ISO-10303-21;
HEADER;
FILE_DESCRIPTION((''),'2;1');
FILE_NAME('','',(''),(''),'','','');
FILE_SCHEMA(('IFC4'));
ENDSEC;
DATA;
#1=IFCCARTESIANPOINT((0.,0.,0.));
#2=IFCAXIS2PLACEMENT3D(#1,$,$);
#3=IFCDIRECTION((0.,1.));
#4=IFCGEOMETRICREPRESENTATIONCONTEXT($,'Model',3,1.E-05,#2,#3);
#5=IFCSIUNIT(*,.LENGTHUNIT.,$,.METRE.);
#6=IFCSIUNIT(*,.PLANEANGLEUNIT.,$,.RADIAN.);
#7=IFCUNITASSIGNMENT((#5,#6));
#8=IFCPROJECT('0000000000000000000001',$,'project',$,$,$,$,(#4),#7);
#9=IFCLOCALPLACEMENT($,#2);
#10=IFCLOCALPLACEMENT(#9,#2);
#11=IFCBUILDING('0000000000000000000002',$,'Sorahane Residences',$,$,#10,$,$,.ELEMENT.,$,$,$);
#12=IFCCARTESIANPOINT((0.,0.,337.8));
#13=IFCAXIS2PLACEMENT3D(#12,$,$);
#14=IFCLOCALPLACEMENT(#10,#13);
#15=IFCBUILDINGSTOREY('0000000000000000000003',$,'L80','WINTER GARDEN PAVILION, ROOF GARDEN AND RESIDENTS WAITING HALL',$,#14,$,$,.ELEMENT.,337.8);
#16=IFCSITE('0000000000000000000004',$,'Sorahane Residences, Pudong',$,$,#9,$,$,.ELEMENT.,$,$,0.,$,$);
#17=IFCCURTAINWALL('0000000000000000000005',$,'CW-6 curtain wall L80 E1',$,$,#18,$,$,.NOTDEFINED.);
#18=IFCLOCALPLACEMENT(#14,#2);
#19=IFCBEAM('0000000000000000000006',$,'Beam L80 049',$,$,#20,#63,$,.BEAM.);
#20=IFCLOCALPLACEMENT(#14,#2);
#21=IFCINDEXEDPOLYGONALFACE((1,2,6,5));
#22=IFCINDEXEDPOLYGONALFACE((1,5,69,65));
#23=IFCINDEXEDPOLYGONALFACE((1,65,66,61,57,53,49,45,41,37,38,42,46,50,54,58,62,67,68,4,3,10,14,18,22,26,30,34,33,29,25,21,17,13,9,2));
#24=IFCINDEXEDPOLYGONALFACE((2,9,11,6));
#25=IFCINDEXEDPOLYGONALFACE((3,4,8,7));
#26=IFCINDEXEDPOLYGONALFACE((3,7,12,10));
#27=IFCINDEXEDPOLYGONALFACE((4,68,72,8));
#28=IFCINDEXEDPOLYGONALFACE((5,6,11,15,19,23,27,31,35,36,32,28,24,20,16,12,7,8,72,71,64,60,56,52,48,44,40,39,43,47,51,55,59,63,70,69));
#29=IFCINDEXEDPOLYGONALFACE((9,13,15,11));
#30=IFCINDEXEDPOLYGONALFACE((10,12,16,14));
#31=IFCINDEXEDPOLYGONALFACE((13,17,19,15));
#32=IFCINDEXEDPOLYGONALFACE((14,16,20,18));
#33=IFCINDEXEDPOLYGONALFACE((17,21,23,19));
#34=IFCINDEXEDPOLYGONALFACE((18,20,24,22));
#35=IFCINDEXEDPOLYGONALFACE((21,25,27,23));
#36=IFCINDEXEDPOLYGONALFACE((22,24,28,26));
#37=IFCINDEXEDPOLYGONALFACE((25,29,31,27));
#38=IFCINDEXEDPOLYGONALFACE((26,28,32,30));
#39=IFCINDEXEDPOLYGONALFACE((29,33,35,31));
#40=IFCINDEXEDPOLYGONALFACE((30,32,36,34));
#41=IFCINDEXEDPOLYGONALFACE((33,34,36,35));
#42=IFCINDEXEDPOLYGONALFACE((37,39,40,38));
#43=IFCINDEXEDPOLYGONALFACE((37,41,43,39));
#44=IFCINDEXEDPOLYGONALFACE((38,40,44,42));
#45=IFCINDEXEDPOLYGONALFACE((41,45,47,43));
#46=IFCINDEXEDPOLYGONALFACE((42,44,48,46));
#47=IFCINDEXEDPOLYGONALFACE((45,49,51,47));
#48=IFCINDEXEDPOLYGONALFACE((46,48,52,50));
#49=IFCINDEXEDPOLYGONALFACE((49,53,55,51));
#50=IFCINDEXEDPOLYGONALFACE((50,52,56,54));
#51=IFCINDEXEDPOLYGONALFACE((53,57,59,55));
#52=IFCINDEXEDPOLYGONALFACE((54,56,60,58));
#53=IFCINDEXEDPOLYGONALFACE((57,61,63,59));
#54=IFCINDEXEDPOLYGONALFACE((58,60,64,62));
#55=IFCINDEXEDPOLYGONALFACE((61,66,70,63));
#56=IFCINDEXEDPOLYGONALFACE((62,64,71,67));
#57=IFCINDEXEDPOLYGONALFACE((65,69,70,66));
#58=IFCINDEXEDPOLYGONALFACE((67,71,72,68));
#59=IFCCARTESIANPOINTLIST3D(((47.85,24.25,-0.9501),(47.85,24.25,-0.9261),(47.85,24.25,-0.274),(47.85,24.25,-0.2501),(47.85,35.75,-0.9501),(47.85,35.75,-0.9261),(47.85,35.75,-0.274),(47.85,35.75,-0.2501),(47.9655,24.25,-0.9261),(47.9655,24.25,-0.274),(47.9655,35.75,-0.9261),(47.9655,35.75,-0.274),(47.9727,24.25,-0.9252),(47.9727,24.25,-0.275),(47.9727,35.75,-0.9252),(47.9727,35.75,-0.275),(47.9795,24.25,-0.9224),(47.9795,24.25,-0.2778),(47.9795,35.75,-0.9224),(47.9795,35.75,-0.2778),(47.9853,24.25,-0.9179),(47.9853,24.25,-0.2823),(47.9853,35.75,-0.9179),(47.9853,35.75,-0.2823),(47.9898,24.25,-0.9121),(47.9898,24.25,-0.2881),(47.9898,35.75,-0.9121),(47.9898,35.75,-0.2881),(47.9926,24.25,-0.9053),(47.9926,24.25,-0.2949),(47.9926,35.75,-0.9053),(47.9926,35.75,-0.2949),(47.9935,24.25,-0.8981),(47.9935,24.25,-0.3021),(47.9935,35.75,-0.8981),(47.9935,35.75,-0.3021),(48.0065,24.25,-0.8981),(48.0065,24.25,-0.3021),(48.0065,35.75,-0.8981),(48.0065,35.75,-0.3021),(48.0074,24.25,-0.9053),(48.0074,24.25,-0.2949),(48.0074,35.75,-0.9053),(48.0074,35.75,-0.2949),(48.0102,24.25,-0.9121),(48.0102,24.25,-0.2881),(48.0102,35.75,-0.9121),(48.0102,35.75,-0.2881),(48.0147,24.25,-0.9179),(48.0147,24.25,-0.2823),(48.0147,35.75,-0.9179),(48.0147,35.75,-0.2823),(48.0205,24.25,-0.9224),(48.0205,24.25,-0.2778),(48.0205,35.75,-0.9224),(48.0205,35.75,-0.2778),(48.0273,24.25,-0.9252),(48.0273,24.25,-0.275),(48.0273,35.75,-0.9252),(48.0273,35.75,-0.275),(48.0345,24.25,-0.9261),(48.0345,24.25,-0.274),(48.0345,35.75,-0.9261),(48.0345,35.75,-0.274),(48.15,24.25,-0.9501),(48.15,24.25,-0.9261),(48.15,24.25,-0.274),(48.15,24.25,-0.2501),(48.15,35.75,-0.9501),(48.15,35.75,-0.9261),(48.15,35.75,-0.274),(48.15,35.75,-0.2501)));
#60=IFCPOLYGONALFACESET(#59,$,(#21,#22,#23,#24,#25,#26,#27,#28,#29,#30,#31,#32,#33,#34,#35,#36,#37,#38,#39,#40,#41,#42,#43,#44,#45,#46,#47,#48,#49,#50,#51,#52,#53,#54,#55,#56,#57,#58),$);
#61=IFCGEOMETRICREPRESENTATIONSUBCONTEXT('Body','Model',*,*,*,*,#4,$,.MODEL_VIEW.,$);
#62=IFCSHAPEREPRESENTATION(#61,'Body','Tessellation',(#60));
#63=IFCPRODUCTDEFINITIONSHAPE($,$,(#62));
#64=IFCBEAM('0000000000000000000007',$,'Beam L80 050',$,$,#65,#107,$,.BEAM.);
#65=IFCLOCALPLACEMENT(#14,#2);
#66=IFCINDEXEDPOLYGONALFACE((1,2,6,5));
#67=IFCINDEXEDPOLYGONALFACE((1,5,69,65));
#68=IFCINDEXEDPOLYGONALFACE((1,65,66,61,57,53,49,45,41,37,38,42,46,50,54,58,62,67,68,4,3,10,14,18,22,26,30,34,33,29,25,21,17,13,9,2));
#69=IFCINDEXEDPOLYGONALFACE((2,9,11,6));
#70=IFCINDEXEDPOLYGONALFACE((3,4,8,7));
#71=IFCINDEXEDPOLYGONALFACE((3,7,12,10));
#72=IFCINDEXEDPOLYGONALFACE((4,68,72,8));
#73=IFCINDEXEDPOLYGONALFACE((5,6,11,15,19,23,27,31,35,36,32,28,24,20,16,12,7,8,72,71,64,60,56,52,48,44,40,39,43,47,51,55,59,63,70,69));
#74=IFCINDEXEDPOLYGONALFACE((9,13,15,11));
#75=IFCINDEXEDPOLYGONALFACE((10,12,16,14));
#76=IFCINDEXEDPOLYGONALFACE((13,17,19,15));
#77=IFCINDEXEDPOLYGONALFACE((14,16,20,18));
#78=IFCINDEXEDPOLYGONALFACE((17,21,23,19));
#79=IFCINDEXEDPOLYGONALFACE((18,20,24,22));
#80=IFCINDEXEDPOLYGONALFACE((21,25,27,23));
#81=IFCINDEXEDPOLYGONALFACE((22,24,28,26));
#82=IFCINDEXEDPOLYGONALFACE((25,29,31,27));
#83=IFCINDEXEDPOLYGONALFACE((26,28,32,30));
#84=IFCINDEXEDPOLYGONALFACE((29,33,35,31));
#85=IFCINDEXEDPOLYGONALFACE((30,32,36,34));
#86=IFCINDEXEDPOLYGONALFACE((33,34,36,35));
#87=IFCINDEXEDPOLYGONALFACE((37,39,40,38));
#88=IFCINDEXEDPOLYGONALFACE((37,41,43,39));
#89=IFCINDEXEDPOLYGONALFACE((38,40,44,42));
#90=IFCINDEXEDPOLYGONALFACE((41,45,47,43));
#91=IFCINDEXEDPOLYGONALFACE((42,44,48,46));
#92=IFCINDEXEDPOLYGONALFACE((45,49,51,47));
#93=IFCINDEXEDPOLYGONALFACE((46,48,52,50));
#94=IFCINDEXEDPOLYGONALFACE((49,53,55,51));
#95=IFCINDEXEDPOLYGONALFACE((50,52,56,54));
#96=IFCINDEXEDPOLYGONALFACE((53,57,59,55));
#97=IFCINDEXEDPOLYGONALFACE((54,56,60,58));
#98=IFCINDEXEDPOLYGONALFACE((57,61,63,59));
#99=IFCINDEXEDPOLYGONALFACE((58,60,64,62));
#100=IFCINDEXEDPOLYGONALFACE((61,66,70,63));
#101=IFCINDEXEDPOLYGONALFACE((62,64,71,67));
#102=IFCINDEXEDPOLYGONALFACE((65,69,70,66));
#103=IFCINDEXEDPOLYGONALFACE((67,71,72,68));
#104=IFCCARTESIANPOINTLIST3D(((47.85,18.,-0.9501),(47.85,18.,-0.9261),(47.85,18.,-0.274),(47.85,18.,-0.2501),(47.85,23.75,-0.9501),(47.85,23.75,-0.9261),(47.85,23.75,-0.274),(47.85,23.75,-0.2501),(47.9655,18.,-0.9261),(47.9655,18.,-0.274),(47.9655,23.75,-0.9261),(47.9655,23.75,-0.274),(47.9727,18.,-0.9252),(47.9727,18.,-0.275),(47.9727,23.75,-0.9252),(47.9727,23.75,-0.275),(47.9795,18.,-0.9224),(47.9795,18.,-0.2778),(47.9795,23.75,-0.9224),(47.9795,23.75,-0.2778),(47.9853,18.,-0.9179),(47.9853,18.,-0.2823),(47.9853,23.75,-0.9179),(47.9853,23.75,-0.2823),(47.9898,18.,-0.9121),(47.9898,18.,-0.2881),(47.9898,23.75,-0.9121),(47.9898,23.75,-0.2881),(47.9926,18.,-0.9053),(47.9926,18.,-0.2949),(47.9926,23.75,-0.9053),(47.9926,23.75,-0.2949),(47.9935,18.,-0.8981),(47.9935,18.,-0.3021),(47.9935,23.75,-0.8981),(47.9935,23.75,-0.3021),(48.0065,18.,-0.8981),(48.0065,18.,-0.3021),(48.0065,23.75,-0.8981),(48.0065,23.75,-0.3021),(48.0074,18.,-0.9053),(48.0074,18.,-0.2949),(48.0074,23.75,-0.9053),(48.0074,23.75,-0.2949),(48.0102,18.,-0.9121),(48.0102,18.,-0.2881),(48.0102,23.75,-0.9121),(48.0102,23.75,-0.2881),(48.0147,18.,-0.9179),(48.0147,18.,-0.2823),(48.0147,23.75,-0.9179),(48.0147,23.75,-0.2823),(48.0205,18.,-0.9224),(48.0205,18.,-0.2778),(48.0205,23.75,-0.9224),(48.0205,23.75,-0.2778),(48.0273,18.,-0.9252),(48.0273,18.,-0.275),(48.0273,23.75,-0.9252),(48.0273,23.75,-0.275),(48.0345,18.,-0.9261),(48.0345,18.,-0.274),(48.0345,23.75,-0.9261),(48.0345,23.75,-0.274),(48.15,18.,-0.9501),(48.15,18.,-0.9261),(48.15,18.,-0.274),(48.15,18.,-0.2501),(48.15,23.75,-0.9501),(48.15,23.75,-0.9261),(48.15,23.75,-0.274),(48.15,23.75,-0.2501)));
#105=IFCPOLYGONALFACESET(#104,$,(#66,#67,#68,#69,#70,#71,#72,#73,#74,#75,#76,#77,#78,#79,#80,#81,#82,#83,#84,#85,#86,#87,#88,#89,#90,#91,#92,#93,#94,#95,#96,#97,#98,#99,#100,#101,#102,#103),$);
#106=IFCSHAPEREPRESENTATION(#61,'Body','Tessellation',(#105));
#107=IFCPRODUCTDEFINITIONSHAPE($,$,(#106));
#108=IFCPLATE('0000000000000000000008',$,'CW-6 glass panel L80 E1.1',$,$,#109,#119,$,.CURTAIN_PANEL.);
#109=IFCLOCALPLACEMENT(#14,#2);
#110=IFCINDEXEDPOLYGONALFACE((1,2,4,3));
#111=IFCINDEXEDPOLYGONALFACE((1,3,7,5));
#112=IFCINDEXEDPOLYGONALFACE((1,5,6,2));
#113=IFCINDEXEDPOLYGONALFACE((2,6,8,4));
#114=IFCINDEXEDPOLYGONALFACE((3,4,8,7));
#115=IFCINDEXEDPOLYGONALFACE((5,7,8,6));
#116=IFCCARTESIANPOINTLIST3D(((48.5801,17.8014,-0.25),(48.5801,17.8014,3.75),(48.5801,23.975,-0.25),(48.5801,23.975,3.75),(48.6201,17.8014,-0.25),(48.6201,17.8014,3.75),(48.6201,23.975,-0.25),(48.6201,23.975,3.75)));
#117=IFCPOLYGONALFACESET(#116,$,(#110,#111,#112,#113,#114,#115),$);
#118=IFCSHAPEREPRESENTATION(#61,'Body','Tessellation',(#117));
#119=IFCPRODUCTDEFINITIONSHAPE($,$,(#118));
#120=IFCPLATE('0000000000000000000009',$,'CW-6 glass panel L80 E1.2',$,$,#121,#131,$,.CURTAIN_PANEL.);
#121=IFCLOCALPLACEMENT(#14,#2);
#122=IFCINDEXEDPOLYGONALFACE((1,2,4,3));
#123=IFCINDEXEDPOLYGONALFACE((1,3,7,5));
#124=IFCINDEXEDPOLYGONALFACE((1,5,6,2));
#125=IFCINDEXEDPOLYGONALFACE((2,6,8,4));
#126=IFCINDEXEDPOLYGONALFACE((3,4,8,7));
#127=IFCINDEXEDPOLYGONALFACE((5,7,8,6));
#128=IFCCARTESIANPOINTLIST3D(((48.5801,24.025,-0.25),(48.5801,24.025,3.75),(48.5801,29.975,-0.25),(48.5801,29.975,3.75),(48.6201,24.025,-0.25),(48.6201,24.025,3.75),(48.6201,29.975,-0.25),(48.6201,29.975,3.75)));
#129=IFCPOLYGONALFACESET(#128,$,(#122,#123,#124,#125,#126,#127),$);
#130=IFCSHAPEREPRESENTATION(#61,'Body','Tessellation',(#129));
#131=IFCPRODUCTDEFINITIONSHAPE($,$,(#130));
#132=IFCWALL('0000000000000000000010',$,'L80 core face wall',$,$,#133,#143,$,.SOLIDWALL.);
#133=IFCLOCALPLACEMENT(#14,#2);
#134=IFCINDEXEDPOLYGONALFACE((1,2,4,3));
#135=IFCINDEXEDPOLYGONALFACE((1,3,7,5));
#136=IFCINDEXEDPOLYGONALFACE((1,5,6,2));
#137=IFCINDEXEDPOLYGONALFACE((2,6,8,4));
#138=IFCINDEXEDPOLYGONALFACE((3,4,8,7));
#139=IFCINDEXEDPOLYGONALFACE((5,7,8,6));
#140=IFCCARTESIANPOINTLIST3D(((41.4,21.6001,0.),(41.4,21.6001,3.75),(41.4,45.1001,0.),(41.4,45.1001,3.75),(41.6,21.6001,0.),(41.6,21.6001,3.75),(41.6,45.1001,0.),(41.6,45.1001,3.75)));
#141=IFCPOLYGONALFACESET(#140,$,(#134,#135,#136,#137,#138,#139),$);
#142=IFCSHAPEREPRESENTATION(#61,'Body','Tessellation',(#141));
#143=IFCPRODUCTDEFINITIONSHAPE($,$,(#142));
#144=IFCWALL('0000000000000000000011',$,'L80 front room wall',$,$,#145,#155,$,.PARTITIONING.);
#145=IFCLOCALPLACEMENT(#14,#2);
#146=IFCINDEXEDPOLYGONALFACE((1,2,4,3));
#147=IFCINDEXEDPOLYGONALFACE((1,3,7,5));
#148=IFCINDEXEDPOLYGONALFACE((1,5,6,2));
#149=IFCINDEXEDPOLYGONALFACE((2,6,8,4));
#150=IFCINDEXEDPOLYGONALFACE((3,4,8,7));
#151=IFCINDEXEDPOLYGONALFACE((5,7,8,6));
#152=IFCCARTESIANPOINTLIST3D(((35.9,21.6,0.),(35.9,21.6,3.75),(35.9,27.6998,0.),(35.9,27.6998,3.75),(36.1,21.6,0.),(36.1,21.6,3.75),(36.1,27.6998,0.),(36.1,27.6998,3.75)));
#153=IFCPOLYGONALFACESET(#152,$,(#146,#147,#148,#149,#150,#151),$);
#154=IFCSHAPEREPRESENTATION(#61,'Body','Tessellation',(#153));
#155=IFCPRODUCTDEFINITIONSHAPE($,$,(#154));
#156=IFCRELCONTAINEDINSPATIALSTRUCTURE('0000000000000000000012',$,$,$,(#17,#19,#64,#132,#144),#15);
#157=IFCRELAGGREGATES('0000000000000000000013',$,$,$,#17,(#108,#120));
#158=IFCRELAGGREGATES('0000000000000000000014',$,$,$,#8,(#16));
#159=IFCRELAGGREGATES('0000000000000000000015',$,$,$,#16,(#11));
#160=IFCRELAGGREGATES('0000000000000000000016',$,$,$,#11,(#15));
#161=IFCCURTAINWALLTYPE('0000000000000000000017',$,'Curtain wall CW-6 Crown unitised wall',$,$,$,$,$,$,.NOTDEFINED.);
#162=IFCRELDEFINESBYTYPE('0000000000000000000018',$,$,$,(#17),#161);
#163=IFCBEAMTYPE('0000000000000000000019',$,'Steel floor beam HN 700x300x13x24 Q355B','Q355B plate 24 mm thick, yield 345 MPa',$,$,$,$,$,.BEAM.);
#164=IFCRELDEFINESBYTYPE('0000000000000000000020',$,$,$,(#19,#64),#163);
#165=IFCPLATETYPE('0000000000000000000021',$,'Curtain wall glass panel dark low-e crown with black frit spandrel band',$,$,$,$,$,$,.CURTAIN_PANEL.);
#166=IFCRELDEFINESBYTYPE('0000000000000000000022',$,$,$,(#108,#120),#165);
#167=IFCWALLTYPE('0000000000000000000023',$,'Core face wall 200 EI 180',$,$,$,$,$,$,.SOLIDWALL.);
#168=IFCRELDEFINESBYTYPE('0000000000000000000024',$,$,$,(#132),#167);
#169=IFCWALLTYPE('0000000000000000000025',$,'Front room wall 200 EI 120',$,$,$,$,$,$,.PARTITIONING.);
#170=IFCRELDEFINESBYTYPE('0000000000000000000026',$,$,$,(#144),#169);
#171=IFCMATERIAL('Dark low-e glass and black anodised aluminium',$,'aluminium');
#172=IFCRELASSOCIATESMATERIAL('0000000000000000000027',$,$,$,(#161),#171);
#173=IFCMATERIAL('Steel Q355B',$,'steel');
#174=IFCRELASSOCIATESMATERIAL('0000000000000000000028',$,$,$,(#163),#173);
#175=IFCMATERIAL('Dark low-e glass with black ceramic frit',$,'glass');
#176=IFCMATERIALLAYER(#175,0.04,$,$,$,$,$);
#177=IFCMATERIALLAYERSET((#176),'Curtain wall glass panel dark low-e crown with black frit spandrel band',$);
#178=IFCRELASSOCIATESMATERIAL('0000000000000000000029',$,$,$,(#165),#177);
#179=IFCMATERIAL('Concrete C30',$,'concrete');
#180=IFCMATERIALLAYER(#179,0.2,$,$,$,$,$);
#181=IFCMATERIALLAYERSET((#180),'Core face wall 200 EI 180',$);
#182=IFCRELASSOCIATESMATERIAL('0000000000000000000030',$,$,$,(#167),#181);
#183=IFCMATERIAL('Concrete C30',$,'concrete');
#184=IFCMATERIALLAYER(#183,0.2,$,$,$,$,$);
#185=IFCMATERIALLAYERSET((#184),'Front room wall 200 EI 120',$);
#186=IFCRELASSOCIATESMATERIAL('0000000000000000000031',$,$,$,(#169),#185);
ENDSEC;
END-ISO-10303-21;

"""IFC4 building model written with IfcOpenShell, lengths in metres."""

from ifc_helpers import new_model, si_unit, direction, frame, frame_2d, origin, origin_2d, place, context, subcontext, project, spatial, rectangle, i_section, extrude, material, layer, layer_set, material_profile, profile_set, type_object, element, aggregate, save


model = new_model("IFC4")

# Units and contexts
model_context = context("Model", 3, precision=1e-05, world=origin(), true_north=direction((0.0, 1.0)))
body_context = subcontext(model_context, "Body", "Model", "MODEL_VIEW")
ifc_project = project(units=[si_unit("LENGTHUNIT", "METRE"), si_unit("PLANEANGLEUNIT", "RADIAN")], contexts=[model_context])

# Site, building, storey
site_placement = place(None, origin())
site = spatial("IfcSite", under=ifc_project, at=site_placement, Name="Sorahane Residences, Pudong", CompositionType="ELEMENT", RefElevation=0.0)
building_placement = place(site_placement, origin())
building = spatial("IfcBuilding", under=site, at=building_placement, Name="Sorahane Residences", CompositionType="ELEMENT")
storey_placement = place(building_placement, frame((0.0, 0.0, 337.8)))
storey = spatial("IfcBuildingStorey", under=building, at=storey_placement, Name="L80", Description="WINTER GARDEN PAVILION, ROOF GARDEN AND RESIDENTS WAITING HALL", CompositionType="ELEMENT", Elevation=337.8)

# Curtain wall
ifc_material_1 = material(Name="Dark low-e glass and black anodised aluminium", Category="aluminium")
curtain_wall_type = type_object("IfcCurtainWallType", Name="Curtain wall CW-6 Crown unitised wall", PredefinedType="NOTDEFINED", material=ifc_material_1)
curtain_wall_placement = place(storey_placement, origin())
curtain_wall = element("IfcCurtainWall", 1, at=curtain_wall_placement, inside=storey, type_object=curtain_wall_type, Name="CW-6 curtain wall L80 E1", PredefinedType="NOTDEFINED")

# Beams
ifc_material_2 = material(Name="Steel Q355B", Category="steel")
ifc_material_profile_1 = material_profile(ifc_material_2, i_section(OverallWidth=0.3, OverallDepth=0.7, WebThickness=0.0129, FlangeThickness=0.0239, FilletRadius=0.0281, at=origin_2d()), Name="HN 700x300x13x24")
ifc_profile_set_1 = profile_set([ifc_material_profile_1], Name="Steel Q355B")
beam_type_1 = type_object("IfcBeamType", Name="Steel floor beam HN 700x300x13x24 Q355B", Description="Q355B plate 24 mm thick, yield 345 MPa", PredefinedType="BEAM", material=ifc_profile_set_1)
beam_1_placement = place(storey_placement, frame((48.0, 24.25, -0.6001), z_axis=(0.0, 1.0, 0.0), x_axis=(-1.0, 0.0, 0.0)))
element("IfcBeam", 2, at=beam_1_placement, inside=storey, type_object=beam_type_1, Name="Beam L80 049", PredefinedType="BEAM", context=body_context, shape_type="SweptSolid", body=[
    extrude(i_section(OverallWidth=0.3, OverallDepth=0.7, WebThickness=0.0129, FlangeThickness=0.0239, FilletRadius=0.0281, at=origin_2d()), origin(), (0.0, 0.0, 1.0), 11.5),
])
beam_2_placement = place(storey_placement, frame((48.0, 18.0, -0.6001), z_axis=(0.0, 1.0, 0.0), x_axis=(-1.0, 0.0, 0.0)))
element("IfcBeam", 3, at=beam_2_placement, inside=storey, type_object=beam_type_1, Name="Beam L80 050", PredefinedType="BEAM", context=body_context, shape_type="SweptSolid", body=[
    extrude(i_section(OverallWidth=0.3, OverallDepth=0.7, WebThickness=0.0129, FlangeThickness=0.0239, FilletRadius=0.0281, at=origin_2d()), origin(), (0.0, 0.0, 1.0), 5.75),
])

# Plates
ifc_material_3 = material(Name="Dark low-e glass with black ceramic frit", Category="glass")
ifc_layer_1 = layer(ifc_material_3, 0.04)
ifc_layer_set_1 = layer_set([ifc_layer_1], Name="Curtain wall glass panel dark low-e crown with black frit spandrel band")
plate_type = type_object("IfcPlateType", Name="Curtain wall glass panel dark low-e crown with black frit spandrel band", PredefinedType="CURTAIN_PANEL", material=ifc_layer_set_1)
plate_1_placement = place(storey_placement, frame((48.6001, 20.8882, -0.25), z_axis=(0.0, 0.0, 1.0), x_axis=(0.0, 1.0, 0.0)))
plate_1 = element("IfcPlate", 4, at=plate_1_placement, type_object=plate_type, Name="CW-6 glass panel L80 E1.1", PredefinedType="CURTAIN_PANEL", context=body_context, shape_type="SweptSolid", body=[
    extrude(rectangle(XDim=6.1736, YDim=0.04, at=origin_2d()), origin(), (0.0, 0.0, 1.0), 4.0),
])
plate_2_placement = place(storey_placement, frame((48.6001, 27.0, -0.25), z_axis=(0.0, 0.0, 1.0), x_axis=(0.0, 1.0, 0.0)))
plate_2 = element("IfcPlate", 5, at=plate_2_placement, type_object=plate_type, Name="CW-6 glass panel L80 E1.2", PredefinedType="CURTAIN_PANEL", context=body_context, shape_type="SweptSolid", body=[
    extrude(rectangle(XDim=5.95, YDim=0.04, at=origin_2d()), origin(), (0.0, 0.0, 1.0), 4.0),
])
aggregate(curtain_wall, [plate_1, plate_2])

# Walls
ifc_material_4 = material(Name="Concrete C30", Category="concrete")
ifc_layer_2 = layer(ifc_material_4, 0.2)
ifc_layer_set_2 = layer_set([ifc_layer_2], Name="Core face wall 200 EI 180")
wall_type_1 = type_object("IfcWallType", Name="Core face wall 200 EI 180", PredefinedType="SOLIDWALL", material=ifc_layer_set_2)
wall_1_placement = place(storey_placement, frame((41.5, 21.6001, 0.0), z_axis=(0.0, 0.0, 1.0), x_axis=(0.0, 1.0, 0.0)))
element("IfcWall", 6, at=wall_1_placement, inside=storey, type_object=wall_type_1, Name="L80 core face wall", PredefinedType="SOLIDWALL", context=body_context, shape_type="SweptSolid", body=[
    extrude(rectangle(XDim=23.5, YDim=0.2, at=frame_2d((11.75, 0.0))), origin(), (0.0, 0.0, 1.0), 3.75),
])
ifc_material_5 = material(Name="Concrete C30", Category="concrete")
ifc_layer_3 = layer(ifc_material_5, 0.2)
ifc_layer_set_3 = layer_set([ifc_layer_3], Name="Front room wall 200 EI 120")
wall_type_2 = type_object("IfcWallType", Name="Front room wall 200 EI 120", PredefinedType="PARTITIONING", material=ifc_layer_set_3)
wall_2_placement = place(storey_placement, frame((36.0, 21.6001, 0.0), z_axis=(0.0, 0.0, 1.0), x_axis=(0.0, 1.0, 0.0)))
element("IfcWall", 7, at=wall_2_placement, inside=storey, type_object=wall_type_2, Name="L80 front room wall", PredefinedType="PARTITIONING", context=body_context, shape_type="SweptSolid", body=[
    extrude(rectangle(XDim=6.0999, YDim=0.2, at=frame_2d((3.0498, 0.0))), origin(), (0.0, 0.0, 1.0), 3.75),
])

save(model, "model.ifc")
